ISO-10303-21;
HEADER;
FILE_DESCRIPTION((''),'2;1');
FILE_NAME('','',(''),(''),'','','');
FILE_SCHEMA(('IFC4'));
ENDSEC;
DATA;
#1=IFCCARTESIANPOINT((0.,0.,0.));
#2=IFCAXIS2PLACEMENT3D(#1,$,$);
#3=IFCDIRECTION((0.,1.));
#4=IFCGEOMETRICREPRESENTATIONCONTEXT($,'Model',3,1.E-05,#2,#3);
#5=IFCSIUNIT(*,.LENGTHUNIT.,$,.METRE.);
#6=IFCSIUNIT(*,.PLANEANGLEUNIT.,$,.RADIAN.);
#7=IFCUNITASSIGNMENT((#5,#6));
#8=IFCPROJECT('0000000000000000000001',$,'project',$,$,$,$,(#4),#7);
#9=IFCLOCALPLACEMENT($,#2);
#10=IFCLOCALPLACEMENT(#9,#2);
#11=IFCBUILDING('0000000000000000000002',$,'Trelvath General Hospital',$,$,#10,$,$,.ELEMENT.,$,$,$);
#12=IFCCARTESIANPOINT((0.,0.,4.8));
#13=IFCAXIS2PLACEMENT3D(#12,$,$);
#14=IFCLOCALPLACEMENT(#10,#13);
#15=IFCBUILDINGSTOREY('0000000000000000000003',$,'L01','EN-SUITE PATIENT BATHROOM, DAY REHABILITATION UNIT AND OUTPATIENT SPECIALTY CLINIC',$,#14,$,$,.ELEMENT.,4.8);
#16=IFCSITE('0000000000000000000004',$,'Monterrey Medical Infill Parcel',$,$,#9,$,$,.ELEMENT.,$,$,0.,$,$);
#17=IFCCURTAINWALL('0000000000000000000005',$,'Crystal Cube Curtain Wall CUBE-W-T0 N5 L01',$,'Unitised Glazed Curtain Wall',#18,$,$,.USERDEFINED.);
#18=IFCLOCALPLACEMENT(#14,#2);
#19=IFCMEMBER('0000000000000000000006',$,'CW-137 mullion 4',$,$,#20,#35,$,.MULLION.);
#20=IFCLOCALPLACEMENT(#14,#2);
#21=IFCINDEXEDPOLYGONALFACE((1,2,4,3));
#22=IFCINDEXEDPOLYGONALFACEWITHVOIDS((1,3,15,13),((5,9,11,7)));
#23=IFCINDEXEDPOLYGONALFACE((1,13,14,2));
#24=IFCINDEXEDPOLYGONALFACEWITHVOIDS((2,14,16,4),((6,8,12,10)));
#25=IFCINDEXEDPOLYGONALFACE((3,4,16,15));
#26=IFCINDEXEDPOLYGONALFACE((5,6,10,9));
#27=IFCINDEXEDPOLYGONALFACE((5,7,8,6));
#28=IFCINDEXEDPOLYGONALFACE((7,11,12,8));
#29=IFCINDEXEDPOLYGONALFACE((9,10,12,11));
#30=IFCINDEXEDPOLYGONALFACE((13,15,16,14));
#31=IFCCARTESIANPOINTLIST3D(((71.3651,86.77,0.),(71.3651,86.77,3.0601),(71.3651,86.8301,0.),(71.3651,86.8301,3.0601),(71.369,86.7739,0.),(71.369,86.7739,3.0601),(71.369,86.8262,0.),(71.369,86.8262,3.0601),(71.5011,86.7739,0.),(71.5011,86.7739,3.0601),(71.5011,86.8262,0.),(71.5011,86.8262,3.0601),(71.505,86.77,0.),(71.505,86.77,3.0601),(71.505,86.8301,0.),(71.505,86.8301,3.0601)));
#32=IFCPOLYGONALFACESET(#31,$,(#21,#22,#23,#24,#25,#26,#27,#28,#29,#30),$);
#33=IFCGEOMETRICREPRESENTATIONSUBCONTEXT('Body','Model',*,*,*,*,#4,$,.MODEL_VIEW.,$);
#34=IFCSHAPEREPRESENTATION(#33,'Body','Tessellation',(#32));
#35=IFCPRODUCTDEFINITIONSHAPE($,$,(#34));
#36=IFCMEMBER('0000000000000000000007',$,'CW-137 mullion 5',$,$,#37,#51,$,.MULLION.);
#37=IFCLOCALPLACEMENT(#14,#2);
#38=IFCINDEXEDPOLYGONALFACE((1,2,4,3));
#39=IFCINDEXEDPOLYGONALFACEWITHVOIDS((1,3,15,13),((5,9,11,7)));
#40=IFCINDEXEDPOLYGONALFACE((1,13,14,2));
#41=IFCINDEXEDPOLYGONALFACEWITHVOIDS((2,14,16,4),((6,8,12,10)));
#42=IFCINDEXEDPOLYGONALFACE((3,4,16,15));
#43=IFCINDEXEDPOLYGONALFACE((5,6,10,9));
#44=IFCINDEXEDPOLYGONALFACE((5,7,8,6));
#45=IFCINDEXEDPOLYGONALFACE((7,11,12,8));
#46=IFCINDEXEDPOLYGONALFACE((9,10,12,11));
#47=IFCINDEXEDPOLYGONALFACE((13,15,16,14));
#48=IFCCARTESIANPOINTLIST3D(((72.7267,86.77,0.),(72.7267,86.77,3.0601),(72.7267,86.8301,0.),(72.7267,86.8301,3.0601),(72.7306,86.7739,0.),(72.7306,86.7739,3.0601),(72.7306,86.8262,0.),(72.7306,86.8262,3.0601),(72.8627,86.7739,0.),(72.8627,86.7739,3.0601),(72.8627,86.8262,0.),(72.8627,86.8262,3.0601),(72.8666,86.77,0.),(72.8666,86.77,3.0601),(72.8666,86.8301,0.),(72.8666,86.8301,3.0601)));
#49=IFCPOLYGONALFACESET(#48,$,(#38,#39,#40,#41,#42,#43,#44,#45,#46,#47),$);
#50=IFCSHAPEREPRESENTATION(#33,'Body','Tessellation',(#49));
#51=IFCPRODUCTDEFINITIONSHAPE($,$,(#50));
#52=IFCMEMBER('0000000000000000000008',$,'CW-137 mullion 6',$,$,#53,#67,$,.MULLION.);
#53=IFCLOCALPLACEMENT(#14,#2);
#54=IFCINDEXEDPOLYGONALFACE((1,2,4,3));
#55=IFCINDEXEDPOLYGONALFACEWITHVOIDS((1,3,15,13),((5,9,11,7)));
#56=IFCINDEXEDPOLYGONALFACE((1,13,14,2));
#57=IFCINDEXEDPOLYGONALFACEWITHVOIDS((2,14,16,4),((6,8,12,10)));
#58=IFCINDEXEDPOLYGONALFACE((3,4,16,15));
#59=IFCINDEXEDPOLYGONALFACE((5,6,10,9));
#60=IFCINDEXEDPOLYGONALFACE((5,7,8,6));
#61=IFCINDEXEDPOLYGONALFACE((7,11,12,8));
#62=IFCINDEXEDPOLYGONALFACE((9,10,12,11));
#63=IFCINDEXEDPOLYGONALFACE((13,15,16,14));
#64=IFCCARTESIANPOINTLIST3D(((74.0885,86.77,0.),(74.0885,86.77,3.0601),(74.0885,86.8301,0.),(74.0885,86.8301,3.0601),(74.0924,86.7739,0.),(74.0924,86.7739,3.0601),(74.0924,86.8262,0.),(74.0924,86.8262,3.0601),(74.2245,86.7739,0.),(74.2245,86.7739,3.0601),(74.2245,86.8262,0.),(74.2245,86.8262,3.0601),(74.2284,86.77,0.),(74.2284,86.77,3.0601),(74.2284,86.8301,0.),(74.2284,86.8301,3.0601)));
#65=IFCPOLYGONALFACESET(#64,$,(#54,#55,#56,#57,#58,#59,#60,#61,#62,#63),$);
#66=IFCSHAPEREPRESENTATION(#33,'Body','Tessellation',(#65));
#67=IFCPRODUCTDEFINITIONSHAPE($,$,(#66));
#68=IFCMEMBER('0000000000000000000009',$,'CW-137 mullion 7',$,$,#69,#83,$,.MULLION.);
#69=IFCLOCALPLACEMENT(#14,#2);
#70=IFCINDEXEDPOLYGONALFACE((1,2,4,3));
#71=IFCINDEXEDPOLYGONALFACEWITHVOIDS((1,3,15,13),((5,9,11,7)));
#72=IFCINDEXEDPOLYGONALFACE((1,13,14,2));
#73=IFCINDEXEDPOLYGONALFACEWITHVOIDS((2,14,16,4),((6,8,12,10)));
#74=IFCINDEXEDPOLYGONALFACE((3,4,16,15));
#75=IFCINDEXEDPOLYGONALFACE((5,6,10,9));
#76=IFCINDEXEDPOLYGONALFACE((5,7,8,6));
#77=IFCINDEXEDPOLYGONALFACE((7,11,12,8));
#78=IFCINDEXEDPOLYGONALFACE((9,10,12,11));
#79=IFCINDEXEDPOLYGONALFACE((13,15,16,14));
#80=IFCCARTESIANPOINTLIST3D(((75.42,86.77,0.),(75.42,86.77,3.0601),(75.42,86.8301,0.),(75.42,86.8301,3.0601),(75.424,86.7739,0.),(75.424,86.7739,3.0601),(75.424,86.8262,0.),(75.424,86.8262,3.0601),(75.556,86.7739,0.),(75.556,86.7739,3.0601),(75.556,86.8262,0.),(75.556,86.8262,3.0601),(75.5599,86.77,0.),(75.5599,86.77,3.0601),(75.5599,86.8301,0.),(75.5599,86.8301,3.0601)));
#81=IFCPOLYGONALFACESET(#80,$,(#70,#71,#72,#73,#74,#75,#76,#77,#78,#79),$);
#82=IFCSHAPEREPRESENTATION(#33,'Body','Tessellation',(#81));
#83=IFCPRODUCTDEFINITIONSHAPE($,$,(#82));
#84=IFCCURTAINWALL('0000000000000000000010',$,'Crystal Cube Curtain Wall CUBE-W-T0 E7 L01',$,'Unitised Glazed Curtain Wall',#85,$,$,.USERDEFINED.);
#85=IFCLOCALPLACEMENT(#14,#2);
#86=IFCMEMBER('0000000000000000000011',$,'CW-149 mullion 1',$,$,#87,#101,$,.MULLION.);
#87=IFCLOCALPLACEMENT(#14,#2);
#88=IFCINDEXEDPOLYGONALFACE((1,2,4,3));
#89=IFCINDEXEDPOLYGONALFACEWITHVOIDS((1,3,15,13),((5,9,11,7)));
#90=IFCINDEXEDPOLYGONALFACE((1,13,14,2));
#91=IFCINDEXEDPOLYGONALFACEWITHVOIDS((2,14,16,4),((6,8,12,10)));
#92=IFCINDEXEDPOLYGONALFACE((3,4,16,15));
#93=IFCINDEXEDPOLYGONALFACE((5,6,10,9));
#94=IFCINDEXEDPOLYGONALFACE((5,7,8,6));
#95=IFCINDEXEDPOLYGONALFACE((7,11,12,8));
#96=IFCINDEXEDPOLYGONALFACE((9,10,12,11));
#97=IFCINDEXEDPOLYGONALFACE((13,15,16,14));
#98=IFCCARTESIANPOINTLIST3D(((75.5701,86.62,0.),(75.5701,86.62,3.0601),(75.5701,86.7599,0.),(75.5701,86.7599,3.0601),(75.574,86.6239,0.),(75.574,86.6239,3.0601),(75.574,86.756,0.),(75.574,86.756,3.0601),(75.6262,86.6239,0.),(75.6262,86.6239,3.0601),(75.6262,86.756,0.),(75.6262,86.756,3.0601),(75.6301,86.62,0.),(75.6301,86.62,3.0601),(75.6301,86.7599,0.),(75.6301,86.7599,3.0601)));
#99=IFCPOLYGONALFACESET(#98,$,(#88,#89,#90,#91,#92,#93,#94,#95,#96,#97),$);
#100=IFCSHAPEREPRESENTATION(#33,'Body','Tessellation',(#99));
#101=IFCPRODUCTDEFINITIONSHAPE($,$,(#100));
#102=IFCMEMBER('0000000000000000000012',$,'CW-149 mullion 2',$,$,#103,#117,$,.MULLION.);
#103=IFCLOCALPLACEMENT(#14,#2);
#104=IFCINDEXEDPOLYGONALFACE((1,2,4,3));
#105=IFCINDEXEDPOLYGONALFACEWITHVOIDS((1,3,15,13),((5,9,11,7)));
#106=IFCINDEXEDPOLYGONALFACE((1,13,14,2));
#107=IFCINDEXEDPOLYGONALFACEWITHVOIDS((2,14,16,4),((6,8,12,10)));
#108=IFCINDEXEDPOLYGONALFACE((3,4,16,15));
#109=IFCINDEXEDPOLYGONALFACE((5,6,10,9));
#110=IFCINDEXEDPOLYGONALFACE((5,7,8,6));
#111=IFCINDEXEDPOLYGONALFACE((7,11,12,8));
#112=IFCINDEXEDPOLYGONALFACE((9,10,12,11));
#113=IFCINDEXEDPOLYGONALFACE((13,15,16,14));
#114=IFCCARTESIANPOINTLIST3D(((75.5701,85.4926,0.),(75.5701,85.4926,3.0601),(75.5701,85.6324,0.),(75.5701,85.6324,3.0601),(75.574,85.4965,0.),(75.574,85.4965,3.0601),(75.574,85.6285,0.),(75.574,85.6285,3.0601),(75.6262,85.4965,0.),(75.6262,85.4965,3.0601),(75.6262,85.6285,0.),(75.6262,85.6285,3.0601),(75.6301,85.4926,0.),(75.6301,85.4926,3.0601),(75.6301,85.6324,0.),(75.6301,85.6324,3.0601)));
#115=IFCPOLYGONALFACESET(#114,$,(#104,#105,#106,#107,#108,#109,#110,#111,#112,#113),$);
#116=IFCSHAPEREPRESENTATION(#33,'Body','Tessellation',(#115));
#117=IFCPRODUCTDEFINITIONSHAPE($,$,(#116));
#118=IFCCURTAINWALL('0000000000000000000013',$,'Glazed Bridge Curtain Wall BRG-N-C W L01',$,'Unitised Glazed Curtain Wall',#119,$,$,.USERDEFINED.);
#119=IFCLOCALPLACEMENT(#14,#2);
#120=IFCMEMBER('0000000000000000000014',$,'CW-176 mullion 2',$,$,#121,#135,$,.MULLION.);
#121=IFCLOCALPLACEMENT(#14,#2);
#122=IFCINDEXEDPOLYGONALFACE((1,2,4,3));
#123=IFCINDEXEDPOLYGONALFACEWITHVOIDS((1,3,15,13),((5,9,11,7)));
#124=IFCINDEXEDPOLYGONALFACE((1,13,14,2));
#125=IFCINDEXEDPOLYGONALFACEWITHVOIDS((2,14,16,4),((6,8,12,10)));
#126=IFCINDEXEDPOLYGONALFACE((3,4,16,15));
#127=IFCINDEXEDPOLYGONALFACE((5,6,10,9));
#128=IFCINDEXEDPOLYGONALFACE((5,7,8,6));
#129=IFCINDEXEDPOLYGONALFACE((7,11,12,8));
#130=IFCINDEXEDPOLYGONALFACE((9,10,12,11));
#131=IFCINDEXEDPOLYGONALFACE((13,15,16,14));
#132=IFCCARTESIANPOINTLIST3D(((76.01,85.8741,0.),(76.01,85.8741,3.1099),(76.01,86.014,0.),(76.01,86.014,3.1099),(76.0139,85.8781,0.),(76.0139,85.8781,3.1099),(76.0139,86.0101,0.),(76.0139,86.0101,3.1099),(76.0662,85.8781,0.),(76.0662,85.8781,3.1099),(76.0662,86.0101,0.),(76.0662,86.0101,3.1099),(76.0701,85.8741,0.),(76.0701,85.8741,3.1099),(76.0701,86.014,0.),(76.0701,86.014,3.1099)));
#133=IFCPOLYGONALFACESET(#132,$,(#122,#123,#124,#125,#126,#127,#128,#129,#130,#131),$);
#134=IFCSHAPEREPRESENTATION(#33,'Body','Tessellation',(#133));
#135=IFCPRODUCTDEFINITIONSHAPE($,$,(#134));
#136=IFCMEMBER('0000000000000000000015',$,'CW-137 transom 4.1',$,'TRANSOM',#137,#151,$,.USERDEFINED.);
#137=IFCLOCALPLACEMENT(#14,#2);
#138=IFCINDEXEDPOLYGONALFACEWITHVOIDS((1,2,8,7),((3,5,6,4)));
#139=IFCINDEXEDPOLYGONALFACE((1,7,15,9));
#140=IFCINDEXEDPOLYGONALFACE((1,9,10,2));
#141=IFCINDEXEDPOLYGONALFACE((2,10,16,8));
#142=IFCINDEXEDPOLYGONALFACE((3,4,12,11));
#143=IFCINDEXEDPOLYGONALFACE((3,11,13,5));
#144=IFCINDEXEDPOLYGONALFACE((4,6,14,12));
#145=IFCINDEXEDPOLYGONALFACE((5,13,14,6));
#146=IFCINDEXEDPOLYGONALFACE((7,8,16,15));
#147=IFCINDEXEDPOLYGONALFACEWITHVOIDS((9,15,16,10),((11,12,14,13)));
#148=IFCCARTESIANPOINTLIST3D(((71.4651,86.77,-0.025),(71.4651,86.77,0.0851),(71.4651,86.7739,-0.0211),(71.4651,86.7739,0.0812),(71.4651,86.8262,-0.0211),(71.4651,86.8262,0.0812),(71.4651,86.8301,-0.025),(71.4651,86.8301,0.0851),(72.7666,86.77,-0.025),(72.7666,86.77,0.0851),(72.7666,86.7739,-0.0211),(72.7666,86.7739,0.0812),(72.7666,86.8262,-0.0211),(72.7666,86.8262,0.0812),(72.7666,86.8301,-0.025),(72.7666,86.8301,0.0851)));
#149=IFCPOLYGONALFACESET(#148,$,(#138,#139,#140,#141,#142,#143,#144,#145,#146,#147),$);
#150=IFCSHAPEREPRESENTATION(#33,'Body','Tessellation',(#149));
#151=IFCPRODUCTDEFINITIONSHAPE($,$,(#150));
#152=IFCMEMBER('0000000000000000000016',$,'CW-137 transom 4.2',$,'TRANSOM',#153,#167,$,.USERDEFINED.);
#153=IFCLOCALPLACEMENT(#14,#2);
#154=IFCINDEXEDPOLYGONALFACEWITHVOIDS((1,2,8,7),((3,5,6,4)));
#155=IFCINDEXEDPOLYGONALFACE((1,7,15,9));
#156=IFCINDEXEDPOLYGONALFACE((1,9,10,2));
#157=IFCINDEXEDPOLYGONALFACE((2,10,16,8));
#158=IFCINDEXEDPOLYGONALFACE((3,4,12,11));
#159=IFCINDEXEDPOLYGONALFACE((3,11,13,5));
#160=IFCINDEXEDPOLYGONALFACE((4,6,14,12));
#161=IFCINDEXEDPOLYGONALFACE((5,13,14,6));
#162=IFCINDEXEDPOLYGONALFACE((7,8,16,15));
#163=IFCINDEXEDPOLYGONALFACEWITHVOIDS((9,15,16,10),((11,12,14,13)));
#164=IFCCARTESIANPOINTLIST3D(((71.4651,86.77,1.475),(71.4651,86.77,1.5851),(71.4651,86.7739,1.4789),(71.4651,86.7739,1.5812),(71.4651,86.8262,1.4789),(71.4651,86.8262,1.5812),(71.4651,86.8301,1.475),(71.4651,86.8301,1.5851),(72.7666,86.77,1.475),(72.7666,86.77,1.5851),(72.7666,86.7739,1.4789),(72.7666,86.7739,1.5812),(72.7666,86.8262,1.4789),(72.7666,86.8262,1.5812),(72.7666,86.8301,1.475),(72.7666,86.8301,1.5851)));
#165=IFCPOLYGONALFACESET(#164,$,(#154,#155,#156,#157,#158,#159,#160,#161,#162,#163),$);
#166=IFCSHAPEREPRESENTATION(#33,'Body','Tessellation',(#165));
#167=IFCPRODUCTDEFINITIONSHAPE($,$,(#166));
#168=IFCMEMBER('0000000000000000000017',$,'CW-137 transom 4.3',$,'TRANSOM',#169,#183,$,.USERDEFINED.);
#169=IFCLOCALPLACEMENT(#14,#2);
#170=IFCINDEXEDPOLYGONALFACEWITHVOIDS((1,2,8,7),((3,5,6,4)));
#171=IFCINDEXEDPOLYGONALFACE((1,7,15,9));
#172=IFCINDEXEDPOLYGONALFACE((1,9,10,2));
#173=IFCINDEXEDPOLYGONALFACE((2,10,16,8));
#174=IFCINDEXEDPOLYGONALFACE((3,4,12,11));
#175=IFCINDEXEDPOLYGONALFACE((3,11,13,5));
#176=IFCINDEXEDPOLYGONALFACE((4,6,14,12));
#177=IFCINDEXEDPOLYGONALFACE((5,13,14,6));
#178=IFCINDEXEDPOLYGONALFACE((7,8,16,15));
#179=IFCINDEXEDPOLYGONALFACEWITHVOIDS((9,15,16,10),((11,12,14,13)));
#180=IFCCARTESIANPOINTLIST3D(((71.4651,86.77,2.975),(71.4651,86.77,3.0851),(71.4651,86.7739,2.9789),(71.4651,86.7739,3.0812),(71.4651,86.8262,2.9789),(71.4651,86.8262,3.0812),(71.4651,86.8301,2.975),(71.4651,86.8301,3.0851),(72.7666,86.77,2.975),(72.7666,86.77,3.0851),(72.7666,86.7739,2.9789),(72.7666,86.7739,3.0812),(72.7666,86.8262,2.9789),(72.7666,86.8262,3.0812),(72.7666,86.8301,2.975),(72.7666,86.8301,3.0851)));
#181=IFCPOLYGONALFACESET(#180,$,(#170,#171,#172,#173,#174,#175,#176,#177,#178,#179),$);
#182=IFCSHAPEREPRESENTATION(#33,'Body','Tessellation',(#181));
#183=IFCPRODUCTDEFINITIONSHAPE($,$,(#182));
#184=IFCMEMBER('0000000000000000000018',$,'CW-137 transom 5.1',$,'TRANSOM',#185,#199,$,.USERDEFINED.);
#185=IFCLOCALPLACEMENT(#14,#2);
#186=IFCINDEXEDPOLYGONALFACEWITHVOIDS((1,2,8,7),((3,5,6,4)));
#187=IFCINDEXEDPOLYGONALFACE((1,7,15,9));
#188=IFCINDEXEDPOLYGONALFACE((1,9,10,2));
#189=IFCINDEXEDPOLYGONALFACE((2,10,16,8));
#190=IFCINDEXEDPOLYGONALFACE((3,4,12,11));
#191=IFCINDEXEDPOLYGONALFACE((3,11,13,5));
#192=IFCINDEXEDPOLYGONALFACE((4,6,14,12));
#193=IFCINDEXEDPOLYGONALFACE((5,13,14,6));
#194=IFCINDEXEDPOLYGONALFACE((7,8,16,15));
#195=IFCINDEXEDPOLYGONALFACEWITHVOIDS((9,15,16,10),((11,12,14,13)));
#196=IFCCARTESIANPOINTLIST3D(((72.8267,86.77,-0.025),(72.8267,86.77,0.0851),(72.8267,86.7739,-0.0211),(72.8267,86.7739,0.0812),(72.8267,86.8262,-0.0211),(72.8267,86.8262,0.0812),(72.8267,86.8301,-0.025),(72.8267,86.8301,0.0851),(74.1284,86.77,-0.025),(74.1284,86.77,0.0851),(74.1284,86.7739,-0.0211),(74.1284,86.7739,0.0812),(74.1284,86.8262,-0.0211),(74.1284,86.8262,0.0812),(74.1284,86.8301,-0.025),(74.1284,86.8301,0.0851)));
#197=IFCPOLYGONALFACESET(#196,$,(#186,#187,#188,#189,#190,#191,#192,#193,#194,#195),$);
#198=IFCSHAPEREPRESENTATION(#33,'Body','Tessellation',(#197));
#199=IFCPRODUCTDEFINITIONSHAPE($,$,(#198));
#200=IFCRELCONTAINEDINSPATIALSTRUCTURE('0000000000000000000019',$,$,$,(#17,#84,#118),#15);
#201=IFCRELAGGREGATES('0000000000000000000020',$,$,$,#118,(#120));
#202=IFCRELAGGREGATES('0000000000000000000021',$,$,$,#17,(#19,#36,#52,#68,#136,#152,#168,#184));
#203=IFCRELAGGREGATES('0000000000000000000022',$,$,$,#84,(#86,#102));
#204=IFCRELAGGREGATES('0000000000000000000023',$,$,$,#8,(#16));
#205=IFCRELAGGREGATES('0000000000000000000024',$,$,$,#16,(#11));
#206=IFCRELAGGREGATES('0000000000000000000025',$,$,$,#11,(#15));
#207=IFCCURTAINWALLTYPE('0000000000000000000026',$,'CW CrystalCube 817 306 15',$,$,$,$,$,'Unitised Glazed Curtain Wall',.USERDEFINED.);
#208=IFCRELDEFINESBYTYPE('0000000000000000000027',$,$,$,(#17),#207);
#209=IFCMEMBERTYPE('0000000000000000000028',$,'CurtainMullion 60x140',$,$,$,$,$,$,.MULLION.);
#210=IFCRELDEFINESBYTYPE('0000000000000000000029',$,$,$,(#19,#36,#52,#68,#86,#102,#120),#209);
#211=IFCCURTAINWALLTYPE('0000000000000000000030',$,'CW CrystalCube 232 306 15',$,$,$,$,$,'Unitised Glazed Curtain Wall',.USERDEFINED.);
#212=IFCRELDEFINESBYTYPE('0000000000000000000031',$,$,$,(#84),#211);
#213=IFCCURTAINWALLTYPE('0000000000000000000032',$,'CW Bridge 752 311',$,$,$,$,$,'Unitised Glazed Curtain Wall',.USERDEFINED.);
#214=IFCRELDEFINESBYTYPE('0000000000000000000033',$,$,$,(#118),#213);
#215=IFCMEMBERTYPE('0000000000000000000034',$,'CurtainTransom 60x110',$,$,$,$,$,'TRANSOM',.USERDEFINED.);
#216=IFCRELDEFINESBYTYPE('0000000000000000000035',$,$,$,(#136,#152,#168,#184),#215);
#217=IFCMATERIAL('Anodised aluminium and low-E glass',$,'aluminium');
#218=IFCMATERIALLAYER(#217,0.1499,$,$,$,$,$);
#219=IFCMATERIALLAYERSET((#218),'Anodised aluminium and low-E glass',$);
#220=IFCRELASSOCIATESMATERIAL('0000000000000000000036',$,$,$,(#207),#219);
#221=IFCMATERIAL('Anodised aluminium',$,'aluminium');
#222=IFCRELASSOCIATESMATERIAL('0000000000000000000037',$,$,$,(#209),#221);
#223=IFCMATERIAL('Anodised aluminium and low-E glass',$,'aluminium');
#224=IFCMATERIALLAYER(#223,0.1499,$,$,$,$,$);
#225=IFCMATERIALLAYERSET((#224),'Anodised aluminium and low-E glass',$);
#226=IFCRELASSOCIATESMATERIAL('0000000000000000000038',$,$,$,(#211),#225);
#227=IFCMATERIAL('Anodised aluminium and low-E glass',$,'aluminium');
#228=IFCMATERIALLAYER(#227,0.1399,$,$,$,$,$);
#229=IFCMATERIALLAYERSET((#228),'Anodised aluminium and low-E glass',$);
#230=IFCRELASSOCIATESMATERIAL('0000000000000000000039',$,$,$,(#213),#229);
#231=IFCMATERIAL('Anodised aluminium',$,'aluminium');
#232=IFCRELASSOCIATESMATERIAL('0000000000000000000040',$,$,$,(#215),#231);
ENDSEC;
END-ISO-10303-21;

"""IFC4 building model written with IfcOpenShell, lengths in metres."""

from ifc_helpers import new_model, si_unit, direction, frame, origin, origin_2d, place, context, subcontext, project, spatial, hollow_rectangle, extrude, material, layer, layer_set, material_profile, profile_set, type_object, element, aggregate, save


model = new_model("IFC4")

# Units and contexts
model_context = context("Model", 3, precision=1e-05, world=origin(), true_north=direction((0.0, 1.0)))
body_context = subcontext(model_context, "Body", "Model", "MODEL_VIEW")
ifc_project = project(units=[si_unit("LENGTHUNIT", "METRE"), si_unit("PLANEANGLEUNIT", "RADIAN")], contexts=[model_context])

# Site, building, storey
site_placement = place(None, origin())
site = spatial("IfcSite", under=ifc_project, at=site_placement, Name="Monterrey Medical Infill Parcel", CompositionType="ELEMENT", RefElevation=0.0)
building_placement = place(site_placement, origin())
building = spatial("IfcBuilding", under=site, at=building_placement, Name="Trelvath General Hospital", CompositionType="ELEMENT")
storey_placement = place(building_placement, frame((0.0, 0.0, 4.8)))
storey = spatial("IfcBuildingStorey", under=building, at=storey_placement, Name="L01", Description="EN-SUITE PATIENT BATHROOM, DAY REHABILITATION UNIT AND OUTPATIENT SPECIALTY CLINIC", CompositionType="ELEMENT", Elevation=4.8)

# Curtain walls, members
ifc_material_1 = material(Name="Anodised aluminium and low-E glass", Category="aluminium")
ifc_layer_1 = layer(ifc_material_1, 0.1499)
ifc_layer_set_1 = layer_set([ifc_layer_1], Name="Anodised aluminium and low-E glass")
curtain_wall_type_1 = type_object("IfcCurtainWallType", Name="CW CrystalCube 817 306 15", ElementType="Unitised Glazed Curtain Wall", PredefinedType="USERDEFINED", material=ifc_layer_set_1)
curtain_wall_1_placement = place(storey_placement, origin())
curtain_wall_1 = element("IfcCurtainWall", 1, at=curtain_wall_1_placement, inside=storey, type_object=curtain_wall_type_1, Name="Crystal Cube Curtain Wall CUBE-W-T0 N5 L01", ObjectType="Unitised Glazed Curtain Wall", PredefinedType="USERDEFINED")
ifc_material_2 = material(Name="Anodised aluminium", Category="aluminium")
ifc_material_profile_1 = material_profile(ifc_material_2, hollow_rectangle(XDim=0.0601, YDim=0.1399, WallThickness=0.0039, at=origin_2d()), Name="RHS60x140x4")
ifc_profile_set_1 = profile_set([ifc_material_profile_1], Name="Anodised aluminium")
member_type_1 = type_object("IfcMemberType", Name="CurtainMullion 60x140", PredefinedType="MULLION", material=ifc_profile_set_1)
member_1_placement = place(storey_placement, frame((71.4351, 86.8, 0.0), z_axis=(0.0, 0.0, 1.0), x_axis=(0.0, 1.0, 0.0)))
member_1 = element("IfcMember", 2, at=member_1_placement, type_object=member_type_1, Name="CW-137 mullion 4", PredefinedType="MULLION", context=body_context, shape_type="SweptSolid", body=[
    extrude(hollow_rectangle(XDim=0.0601, YDim=0.1399, WallThickness=0.0039, at=origin_2d()), origin(), (0.0, 0.0, 1.0), 3.0601),
])
member_2_placement = place(storey_placement, frame((72.7966, 86.8, 0.0), z_axis=(0.0, 0.0, 1.0), x_axis=(0.0, 1.0, 0.0)))
member_2 = element("IfcMember", 3, at=member_2_placement, type_object=member_type_1, Name="CW-137 mullion 5", PredefinedType="MULLION", context=body_context, shape_type="SweptSolid", body=[
    extrude(hollow_rectangle(XDim=0.0601, YDim=0.1399, WallThickness=0.0039, at=origin_2d()), origin(), (0.0, 0.0, 1.0), 3.0601),
])
member_3_placement = place(storey_placement, frame((74.1584, 86.8, 0.0), z_axis=(0.0, 0.0, 1.0), x_axis=(0.0, 1.0, 0.0)))
member_3 = element("IfcMember", 4, at=member_3_placement, type_object=member_type_1, Name="CW-137 mullion 6", PredefinedType="MULLION", context=body_context, shape_type="SweptSolid", body=[
    extrude(hollow_rectangle(XDim=0.0601, YDim=0.1399, WallThickness=0.0039, at=origin_2d()), origin(), (0.0, 0.0, 1.0), 3.0601),
])
member_4_placement = place(storey_placement, frame((75.49, 86.8, 0.0), z_axis=(0.0, 0.0, 1.0), x_axis=(0.0, 1.0, 0.0)))
member_4 = element("IfcMember", 5, at=member_4_placement, type_object=member_type_1, Name="CW-137 mullion 7", PredefinedType="MULLION", context=body_context, shape_type="SweptSolid", body=[
    extrude(hollow_rectangle(XDim=0.0601, YDim=0.1399, WallThickness=0.0039, at=origin_2d()), origin(), (0.0, 0.0, 1.0), 3.0601),
])
ifc_material_3 = material(Name="Anodised aluminium and low-E glass", Category="aluminium")
ifc_layer_2 = layer(ifc_material_3, 0.1499)
ifc_layer_set_2 = layer_set([ifc_layer_2], Name="Anodised aluminium and low-E glass")
curtain_wall_type_2 = type_object("IfcCurtainWallType", Name="CW CrystalCube 232 306 15", ElementType="Unitised Glazed Curtain Wall", PredefinedType="USERDEFINED", material=ifc_layer_set_2)
curtain_wall_2_placement = place(storey_placement, origin())
curtain_wall_2 = element("IfcCurtainWall", 6, at=curtain_wall_2_placement, inside=storey, type_object=curtain_wall_type_2, Name="Crystal Cube Curtain Wall CUBE-W-T0 E7 L01", ObjectType="Unitised Glazed Curtain Wall", PredefinedType="USERDEFINED")
member_5_placement = place(storey_placement, frame((75.6001, 86.6899, 0.0), z_axis=(0.0, 0.0, 1.0), x_axis=(1.0, 0.0, 0.0)))
member_5 = element("IfcMember", 7, at=member_5_placement, type_object=member_type_1, Name="CW-149 mullion 1", PredefinedType="MULLION", context=body_context, shape_type="SweptSolid", body=[
    extrude(hollow_rectangle(XDim=0.0601, YDim=0.1399, WallThickness=0.0039, at=origin_2d()), origin(), (0.0, 0.0, 1.0), 3.0601),
])
member_6_placement = place(storey_placement, frame((75.6001, 85.5625, 0.0), z_axis=(0.0, 0.0, 1.0), x_axis=(1.0, 0.0, 0.0)))
member_6 = element("IfcMember", 8, at=member_6_placement, type_object=member_type_1, Name="CW-149 mullion 2", PredefinedType="MULLION", context=body_context, shape_type="SweptSolid", body=[
    extrude(hollow_rectangle(XDim=0.0601, YDim=0.1399, WallThickness=0.0039, at=origin_2d()), origin(), (0.0, 0.0, 1.0), 3.0601),
])

# Curtain wall, member
ifc_material_4 = material(Name="Anodised aluminium and low-E glass", Category="aluminium")
ifc_layer_3 = layer(ifc_material_4, 0.1399)
ifc_layer_set_3 = layer_set([ifc_layer_3], Name="Anodised aluminium and low-E glass")
curtain_wall_type_3 = type_object("IfcCurtainWallType", Name="CW Bridge 752 311", ElementType="Unitised Glazed Curtain Wall", PredefinedType="USERDEFINED", material=ifc_layer_set_3)
curtain_wall_3_placement = place(storey_placement, origin())
curtain_wall_3 = element("IfcCurtainWall", 9, at=curtain_wall_3_placement, inside=storey, type_object=curtain_wall_type_3, Name="Glazed Bridge Curtain Wall BRG-N-C W L01", ObjectType="Unitised Glazed Curtain Wall", PredefinedType="USERDEFINED")
member_7_placement = place(storey_placement, frame((76.04, 85.9441, 0.0), z_axis=(0.0, 0.0, 1.0), x_axis=(-1.0, 0.0, 0.0)))
member_7 = element("IfcMember", 10, at=member_7_placement, type_object=member_type_1, Name="CW-176 mullion 2", PredefinedType="MULLION", context=body_context, shape_type="SweptSolid", body=[
    extrude(hollow_rectangle(XDim=0.0601, YDim=0.1399, WallThickness=0.0039, at=origin_2d()), origin(), (0.0, 0.0, 1.0), 3.1099),
])

# Members
ifc_material_5 = material(Name="Anodised aluminium", Category="aluminium")
ifc_material_profile_2 = material_profile(ifc_material_5, hollow_rectangle(XDim=0.0601, YDim=0.1101, WallThickness=0.0039, at=origin_2d()), Name="RHS60x110x4")
ifc_profile_set_2 = profile_set([ifc_material_profile_2], Name="Anodised aluminium")
member_type_2 = type_object("IfcMemberType", Name="CurtainTransom 60x110", ElementType="TRANSOM", PredefinedType="USERDEFINED", material=ifc_profile_set_2)
member_8_placement = place(storey_placement, frame((71.4651, 86.8, 0.03), z_axis=(1.0, 0.0, 0.0), x_axis=(0.0, 1.0, 0.0)))
member_8 = element("IfcMember", 11, at=member_8_placement, type_object=member_type_2, Name="CW-137 transom 4.1", ObjectType="TRANSOM", PredefinedType="USERDEFINED", context=body_context, shape_type="SweptSolid", body=[
    extrude(hollow_rectangle(XDim=0.0601, YDim=0.1101, WallThickness=0.0039, at=origin_2d()), origin(), (0.0, 0.0, 1.0), 1.3015),
])
member_9_placement = place(storey_placement, frame((71.4651, 86.8, 1.53), z_axis=(1.0, 0.0, 0.0), x_axis=(0.0, 1.0, 0.0)))
member_9 = element("IfcMember", 12, at=member_9_placement, type_object=member_type_2, Name="CW-137 transom 4.2", ObjectType="TRANSOM", PredefinedType="USERDEFINED", context=body_context, shape_type="SweptSolid", body=[
    extrude(hollow_rectangle(XDim=0.0601, YDim=0.1101, WallThickness=0.0039, at=origin_2d()), origin(), (0.0, 0.0, 1.0), 1.3015),
])
member_10_placement = place(storey_placement, frame((71.4651, 86.8, 3.03), z_axis=(1.0, 0.0, 0.0), x_axis=(0.0, 1.0, 0.0)))
member_10 = element("IfcMember", 13, at=member_10_placement, type_object=member_type_2, Name="CW-137 transom 4.3", ObjectType="TRANSOM", PredefinedType="USERDEFINED", context=body_context, shape_type="SweptSolid", body=[
    extrude(hollow_rectangle(XDim=0.0601, YDim=0.1101, WallThickness=0.0039, at=origin_2d()), origin(), (0.0, 0.0, 1.0), 1.3015),
])
member_11_placement = place(storey_placement, frame((72.8267, 86.8, 0.03), z_axis=(1.0, 0.0, 0.0), x_axis=(0.0, 1.0, 0.0)))
member_11 = element("IfcMember", 14, at=member_11_placement, type_object=member_type_2, Name="CW-137 transom 5.1", ObjectType="TRANSOM", PredefinedType="USERDEFINED", context=body_context, shape_type="SweptSolid", body=[
    extrude(hollow_rectangle(XDim=0.0601, YDim=0.1101, WallThickness=0.0039, at=origin_2d()), origin(), (0.0, 0.0, 1.0), 1.3018),
])
aggregate(curtain_wall_3, [member_7])

aggregate(curtain_wall_1, [member_1, member_2, member_3, member_4, member_8, member_9, member_10, member_11])
aggregate(curtain_wall_2, [member_5, member_6])

save(model, "model.ifc")
